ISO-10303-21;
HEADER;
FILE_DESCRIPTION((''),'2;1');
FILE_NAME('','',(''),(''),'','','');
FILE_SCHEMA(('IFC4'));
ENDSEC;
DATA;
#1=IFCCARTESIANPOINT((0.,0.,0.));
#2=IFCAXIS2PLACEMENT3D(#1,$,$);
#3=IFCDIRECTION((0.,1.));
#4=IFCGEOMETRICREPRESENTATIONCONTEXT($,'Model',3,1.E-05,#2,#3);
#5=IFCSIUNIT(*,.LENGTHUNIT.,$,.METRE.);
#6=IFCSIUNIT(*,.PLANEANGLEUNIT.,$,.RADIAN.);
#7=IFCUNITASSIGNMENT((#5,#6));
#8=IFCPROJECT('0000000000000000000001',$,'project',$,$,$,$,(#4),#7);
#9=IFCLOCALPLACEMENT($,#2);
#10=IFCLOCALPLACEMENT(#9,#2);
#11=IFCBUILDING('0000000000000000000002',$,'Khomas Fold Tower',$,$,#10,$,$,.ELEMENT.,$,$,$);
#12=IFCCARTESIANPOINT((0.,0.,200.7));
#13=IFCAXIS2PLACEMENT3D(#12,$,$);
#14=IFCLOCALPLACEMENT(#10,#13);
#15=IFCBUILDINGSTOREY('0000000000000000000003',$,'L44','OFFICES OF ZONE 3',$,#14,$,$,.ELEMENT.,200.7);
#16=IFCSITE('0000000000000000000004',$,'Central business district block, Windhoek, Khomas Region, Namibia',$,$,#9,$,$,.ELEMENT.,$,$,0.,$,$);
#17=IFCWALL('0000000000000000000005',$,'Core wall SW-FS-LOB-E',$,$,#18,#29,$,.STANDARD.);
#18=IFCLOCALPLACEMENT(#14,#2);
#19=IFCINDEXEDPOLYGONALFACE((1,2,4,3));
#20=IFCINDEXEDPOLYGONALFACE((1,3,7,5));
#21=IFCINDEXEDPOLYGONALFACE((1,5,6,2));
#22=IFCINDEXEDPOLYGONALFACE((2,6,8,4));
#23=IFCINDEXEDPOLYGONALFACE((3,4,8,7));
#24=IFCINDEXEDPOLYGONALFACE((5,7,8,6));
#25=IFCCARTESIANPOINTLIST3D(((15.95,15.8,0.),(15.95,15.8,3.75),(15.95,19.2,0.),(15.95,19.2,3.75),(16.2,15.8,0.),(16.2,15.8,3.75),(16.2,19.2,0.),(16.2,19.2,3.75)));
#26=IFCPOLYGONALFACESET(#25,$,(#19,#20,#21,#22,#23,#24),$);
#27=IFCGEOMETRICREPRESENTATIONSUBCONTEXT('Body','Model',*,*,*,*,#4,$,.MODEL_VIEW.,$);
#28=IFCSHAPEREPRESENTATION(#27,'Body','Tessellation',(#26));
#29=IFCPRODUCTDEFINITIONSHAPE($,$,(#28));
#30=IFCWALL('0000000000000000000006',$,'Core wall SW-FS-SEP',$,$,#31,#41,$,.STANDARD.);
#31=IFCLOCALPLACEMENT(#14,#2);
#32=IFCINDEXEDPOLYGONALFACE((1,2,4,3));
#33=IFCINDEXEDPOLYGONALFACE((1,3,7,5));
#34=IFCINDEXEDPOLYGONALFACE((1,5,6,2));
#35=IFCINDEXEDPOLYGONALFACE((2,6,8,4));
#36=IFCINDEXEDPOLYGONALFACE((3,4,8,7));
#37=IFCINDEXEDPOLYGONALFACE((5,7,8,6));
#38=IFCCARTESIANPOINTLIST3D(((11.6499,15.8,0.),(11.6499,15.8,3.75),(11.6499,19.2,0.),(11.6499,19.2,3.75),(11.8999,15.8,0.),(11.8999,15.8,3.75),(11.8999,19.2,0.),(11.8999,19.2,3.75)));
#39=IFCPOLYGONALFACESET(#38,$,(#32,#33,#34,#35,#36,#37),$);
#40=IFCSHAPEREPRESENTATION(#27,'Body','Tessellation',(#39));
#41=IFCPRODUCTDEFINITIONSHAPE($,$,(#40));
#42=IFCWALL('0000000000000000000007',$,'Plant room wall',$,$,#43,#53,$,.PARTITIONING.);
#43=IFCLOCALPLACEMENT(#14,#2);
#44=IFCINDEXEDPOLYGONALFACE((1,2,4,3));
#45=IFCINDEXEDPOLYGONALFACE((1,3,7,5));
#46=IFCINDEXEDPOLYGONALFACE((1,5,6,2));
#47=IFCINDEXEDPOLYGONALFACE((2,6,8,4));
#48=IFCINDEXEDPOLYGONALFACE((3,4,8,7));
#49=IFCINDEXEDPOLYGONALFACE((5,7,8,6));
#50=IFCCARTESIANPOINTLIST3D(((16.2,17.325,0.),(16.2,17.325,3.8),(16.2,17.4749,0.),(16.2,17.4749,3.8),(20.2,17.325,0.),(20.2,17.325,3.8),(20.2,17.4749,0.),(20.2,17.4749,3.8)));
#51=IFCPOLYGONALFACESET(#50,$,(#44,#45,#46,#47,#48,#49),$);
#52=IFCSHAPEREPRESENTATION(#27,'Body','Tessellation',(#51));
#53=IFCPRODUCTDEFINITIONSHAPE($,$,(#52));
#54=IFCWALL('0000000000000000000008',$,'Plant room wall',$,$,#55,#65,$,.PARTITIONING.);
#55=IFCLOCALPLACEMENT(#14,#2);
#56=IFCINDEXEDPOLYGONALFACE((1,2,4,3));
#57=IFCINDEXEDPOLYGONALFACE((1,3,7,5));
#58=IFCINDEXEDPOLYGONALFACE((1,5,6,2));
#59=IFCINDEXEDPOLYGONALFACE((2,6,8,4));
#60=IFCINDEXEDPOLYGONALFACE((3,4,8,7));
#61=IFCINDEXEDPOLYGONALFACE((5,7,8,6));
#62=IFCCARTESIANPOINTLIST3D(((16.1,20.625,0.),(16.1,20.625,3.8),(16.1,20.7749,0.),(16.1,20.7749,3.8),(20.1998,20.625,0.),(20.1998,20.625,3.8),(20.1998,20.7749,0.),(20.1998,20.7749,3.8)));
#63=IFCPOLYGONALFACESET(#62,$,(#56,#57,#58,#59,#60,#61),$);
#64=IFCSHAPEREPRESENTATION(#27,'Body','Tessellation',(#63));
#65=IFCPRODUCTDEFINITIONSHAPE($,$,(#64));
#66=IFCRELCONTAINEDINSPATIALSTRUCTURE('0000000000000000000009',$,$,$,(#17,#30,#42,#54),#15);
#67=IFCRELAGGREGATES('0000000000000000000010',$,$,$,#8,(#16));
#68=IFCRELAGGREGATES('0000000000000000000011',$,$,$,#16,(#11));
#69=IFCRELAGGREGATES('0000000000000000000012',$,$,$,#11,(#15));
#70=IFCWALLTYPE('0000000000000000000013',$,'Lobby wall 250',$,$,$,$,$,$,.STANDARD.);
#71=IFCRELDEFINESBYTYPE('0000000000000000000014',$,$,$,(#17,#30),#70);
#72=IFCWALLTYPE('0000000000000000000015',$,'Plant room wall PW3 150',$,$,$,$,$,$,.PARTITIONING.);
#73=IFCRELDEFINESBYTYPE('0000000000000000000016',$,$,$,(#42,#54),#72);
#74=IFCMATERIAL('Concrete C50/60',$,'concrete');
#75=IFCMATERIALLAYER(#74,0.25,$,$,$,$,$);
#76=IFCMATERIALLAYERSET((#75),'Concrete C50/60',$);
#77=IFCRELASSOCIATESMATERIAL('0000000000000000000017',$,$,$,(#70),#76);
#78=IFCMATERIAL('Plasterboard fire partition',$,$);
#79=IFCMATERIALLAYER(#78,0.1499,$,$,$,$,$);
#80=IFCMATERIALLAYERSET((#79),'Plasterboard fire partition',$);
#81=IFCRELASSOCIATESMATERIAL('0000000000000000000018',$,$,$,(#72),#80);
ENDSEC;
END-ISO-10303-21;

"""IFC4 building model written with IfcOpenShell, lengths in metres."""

from ifc_helpers import new_model, si_unit, direction, frame, frame_2d, origin, place, context, subcontext, project, spatial, rectangle, extrude, source, transform, mapped, material, layer, layer_set, type_object, element, save


model = new_model("IFC4")

# Units and contexts
model_context = context("Model", 3, precision=1e-05, world=origin(), true_north=direction((0.0, 1.0)))
body_context = subcontext(model_context, "Body", "Model", "MODEL_VIEW")
ifc_project = project(units=[si_unit("LENGTHUNIT", "METRE"), si_unit("PLANEANGLEUNIT", "RADIAN")], contexts=[model_context])

# Site, building, storey
site_placement = place(None, origin())
site = spatial("IfcSite", under=ifc_project, at=site_placement, Name="Central business district block, Windhoek, Khomas Region, Namibia", CompositionType="ELEMENT", RefElevation=0.0)
building_placement = place(site_placement, origin())
building = spatial("IfcBuilding", under=site, at=building_placement, Name="Khomas Fold Tower", CompositionType="ELEMENT")
storey_placement = place(building_placement, frame((0.0, 0.0, 200.7)))
storey = spatial("IfcBuildingStorey", under=building, at=storey_placement, Name="L44", Description="OFFICES OF ZONE 3", CompositionType="ELEMENT", Elevation=200.7)

# Walls
ifc_material_1 = material(Name="Concrete C50/60", Category="concrete")
ifc_layer_1 = layer(ifc_material_1, 0.25)
ifc_layer_set_1 = layer_set([ifc_layer_1], Name="Concrete C50/60")
wall_type_1 = type_object("IfcWallType", Name="Lobby wall 250", PredefinedType="STANDARD", material=ifc_layer_set_1)
shared_shape_1 = source(origin(), body_context, "Body", "SweptSolid", [
    extrude(rectangle(XDim=3.3999, YDim=0.25, at=frame_2d((1.7, 0.0))), origin(), (0.0, 0.0, 1.0), 3.75),
])
for number, where, z_axis, x_axis, name in (
    (1, (16.075, 15.8, 0.0), (0.0, 0.0, 1.0), (0.0, 1.0, 0.0), "Core wall SW-FS-LOB-E"),
    (2, (11.7749, 15.8, 0.0), (0.0, 0.0, 1.0), (0.0, 1.0, 0.0), "Core wall SW-FS-SEP"),
):
    element("IfcWall", number, at=place(storey_placement, frame(where, z_axis=z_axis, x_axis=x_axis)), inside=storey, type_object=wall_type_1, Name=name, PredefinedType="STANDARD", context=body_context, shape_type="MappedRepresentation", body=[
        mapped(shared_shape_1, transform((0.0, 0.0, 0.0))),
    ])
ifc_material_2 = material(Name="Plasterboard fire partition")
ifc_layer_2 = layer(ifc_material_2, 0.1499)
ifc_layer_set_2 = layer_set([ifc_layer_2], Name="Plasterboard fire partition")
wall_type_2 = type_object("IfcWallType", Name="Plant room wall PW3 150", PredefinedType="PARTITIONING", material=ifc_layer_set_2)
shared_shape_2 = source(origin(), body_context, "Body", "SweptSolid", [
    extrude(rectangle(XDim=4.0, YDim=0.1499, at=frame_2d((2.0, 0.0))), origin(), (0.0, 0.0, 1.0), 3.8),
])
wall_1_placement = place(storey_placement, frame((16.2, 17.3999, 0.0), z_axis=(0.0, 0.0, 1.0), x_axis=(1.0, 0.0, 0.0)))
element("IfcWall", 3, at=wall_1_placement, inside=storey, type_object=wall_type_2, Name="Plant room wall", PredefinedType="PARTITIONING", context=body_context, shape_type="MappedRepresentation", body=[
    mapped(shared_shape_2, transform((0.0, 0.0, 0.0))),
])
shared_shape_3 = source(origin(), body_context, "Body", "SweptSolid", [
    extrude(rectangle(XDim=4.0999, YDim=0.1499, at=frame_2d((2.0498, 0.0))), origin(), (0.0, 0.0, 1.0), 3.8),
])
wall_2_placement = place(storey_placement, frame((16.1001, 20.7, 0.0), z_axis=(0.0, 0.0, 1.0), x_axis=(1.0, 0.0, 0.0)))
element("IfcWall", 4, at=wall_2_placement, inside=storey, type_object=wall_type_2, Name="Plant room wall", PredefinedType="PARTITIONING", context=body_context, shape_type="MappedRepresentation", body=[
    mapped(shared_shape_3, transform((0.0, 0.0, 0.0))),
])

save(model, "model.ifc")
